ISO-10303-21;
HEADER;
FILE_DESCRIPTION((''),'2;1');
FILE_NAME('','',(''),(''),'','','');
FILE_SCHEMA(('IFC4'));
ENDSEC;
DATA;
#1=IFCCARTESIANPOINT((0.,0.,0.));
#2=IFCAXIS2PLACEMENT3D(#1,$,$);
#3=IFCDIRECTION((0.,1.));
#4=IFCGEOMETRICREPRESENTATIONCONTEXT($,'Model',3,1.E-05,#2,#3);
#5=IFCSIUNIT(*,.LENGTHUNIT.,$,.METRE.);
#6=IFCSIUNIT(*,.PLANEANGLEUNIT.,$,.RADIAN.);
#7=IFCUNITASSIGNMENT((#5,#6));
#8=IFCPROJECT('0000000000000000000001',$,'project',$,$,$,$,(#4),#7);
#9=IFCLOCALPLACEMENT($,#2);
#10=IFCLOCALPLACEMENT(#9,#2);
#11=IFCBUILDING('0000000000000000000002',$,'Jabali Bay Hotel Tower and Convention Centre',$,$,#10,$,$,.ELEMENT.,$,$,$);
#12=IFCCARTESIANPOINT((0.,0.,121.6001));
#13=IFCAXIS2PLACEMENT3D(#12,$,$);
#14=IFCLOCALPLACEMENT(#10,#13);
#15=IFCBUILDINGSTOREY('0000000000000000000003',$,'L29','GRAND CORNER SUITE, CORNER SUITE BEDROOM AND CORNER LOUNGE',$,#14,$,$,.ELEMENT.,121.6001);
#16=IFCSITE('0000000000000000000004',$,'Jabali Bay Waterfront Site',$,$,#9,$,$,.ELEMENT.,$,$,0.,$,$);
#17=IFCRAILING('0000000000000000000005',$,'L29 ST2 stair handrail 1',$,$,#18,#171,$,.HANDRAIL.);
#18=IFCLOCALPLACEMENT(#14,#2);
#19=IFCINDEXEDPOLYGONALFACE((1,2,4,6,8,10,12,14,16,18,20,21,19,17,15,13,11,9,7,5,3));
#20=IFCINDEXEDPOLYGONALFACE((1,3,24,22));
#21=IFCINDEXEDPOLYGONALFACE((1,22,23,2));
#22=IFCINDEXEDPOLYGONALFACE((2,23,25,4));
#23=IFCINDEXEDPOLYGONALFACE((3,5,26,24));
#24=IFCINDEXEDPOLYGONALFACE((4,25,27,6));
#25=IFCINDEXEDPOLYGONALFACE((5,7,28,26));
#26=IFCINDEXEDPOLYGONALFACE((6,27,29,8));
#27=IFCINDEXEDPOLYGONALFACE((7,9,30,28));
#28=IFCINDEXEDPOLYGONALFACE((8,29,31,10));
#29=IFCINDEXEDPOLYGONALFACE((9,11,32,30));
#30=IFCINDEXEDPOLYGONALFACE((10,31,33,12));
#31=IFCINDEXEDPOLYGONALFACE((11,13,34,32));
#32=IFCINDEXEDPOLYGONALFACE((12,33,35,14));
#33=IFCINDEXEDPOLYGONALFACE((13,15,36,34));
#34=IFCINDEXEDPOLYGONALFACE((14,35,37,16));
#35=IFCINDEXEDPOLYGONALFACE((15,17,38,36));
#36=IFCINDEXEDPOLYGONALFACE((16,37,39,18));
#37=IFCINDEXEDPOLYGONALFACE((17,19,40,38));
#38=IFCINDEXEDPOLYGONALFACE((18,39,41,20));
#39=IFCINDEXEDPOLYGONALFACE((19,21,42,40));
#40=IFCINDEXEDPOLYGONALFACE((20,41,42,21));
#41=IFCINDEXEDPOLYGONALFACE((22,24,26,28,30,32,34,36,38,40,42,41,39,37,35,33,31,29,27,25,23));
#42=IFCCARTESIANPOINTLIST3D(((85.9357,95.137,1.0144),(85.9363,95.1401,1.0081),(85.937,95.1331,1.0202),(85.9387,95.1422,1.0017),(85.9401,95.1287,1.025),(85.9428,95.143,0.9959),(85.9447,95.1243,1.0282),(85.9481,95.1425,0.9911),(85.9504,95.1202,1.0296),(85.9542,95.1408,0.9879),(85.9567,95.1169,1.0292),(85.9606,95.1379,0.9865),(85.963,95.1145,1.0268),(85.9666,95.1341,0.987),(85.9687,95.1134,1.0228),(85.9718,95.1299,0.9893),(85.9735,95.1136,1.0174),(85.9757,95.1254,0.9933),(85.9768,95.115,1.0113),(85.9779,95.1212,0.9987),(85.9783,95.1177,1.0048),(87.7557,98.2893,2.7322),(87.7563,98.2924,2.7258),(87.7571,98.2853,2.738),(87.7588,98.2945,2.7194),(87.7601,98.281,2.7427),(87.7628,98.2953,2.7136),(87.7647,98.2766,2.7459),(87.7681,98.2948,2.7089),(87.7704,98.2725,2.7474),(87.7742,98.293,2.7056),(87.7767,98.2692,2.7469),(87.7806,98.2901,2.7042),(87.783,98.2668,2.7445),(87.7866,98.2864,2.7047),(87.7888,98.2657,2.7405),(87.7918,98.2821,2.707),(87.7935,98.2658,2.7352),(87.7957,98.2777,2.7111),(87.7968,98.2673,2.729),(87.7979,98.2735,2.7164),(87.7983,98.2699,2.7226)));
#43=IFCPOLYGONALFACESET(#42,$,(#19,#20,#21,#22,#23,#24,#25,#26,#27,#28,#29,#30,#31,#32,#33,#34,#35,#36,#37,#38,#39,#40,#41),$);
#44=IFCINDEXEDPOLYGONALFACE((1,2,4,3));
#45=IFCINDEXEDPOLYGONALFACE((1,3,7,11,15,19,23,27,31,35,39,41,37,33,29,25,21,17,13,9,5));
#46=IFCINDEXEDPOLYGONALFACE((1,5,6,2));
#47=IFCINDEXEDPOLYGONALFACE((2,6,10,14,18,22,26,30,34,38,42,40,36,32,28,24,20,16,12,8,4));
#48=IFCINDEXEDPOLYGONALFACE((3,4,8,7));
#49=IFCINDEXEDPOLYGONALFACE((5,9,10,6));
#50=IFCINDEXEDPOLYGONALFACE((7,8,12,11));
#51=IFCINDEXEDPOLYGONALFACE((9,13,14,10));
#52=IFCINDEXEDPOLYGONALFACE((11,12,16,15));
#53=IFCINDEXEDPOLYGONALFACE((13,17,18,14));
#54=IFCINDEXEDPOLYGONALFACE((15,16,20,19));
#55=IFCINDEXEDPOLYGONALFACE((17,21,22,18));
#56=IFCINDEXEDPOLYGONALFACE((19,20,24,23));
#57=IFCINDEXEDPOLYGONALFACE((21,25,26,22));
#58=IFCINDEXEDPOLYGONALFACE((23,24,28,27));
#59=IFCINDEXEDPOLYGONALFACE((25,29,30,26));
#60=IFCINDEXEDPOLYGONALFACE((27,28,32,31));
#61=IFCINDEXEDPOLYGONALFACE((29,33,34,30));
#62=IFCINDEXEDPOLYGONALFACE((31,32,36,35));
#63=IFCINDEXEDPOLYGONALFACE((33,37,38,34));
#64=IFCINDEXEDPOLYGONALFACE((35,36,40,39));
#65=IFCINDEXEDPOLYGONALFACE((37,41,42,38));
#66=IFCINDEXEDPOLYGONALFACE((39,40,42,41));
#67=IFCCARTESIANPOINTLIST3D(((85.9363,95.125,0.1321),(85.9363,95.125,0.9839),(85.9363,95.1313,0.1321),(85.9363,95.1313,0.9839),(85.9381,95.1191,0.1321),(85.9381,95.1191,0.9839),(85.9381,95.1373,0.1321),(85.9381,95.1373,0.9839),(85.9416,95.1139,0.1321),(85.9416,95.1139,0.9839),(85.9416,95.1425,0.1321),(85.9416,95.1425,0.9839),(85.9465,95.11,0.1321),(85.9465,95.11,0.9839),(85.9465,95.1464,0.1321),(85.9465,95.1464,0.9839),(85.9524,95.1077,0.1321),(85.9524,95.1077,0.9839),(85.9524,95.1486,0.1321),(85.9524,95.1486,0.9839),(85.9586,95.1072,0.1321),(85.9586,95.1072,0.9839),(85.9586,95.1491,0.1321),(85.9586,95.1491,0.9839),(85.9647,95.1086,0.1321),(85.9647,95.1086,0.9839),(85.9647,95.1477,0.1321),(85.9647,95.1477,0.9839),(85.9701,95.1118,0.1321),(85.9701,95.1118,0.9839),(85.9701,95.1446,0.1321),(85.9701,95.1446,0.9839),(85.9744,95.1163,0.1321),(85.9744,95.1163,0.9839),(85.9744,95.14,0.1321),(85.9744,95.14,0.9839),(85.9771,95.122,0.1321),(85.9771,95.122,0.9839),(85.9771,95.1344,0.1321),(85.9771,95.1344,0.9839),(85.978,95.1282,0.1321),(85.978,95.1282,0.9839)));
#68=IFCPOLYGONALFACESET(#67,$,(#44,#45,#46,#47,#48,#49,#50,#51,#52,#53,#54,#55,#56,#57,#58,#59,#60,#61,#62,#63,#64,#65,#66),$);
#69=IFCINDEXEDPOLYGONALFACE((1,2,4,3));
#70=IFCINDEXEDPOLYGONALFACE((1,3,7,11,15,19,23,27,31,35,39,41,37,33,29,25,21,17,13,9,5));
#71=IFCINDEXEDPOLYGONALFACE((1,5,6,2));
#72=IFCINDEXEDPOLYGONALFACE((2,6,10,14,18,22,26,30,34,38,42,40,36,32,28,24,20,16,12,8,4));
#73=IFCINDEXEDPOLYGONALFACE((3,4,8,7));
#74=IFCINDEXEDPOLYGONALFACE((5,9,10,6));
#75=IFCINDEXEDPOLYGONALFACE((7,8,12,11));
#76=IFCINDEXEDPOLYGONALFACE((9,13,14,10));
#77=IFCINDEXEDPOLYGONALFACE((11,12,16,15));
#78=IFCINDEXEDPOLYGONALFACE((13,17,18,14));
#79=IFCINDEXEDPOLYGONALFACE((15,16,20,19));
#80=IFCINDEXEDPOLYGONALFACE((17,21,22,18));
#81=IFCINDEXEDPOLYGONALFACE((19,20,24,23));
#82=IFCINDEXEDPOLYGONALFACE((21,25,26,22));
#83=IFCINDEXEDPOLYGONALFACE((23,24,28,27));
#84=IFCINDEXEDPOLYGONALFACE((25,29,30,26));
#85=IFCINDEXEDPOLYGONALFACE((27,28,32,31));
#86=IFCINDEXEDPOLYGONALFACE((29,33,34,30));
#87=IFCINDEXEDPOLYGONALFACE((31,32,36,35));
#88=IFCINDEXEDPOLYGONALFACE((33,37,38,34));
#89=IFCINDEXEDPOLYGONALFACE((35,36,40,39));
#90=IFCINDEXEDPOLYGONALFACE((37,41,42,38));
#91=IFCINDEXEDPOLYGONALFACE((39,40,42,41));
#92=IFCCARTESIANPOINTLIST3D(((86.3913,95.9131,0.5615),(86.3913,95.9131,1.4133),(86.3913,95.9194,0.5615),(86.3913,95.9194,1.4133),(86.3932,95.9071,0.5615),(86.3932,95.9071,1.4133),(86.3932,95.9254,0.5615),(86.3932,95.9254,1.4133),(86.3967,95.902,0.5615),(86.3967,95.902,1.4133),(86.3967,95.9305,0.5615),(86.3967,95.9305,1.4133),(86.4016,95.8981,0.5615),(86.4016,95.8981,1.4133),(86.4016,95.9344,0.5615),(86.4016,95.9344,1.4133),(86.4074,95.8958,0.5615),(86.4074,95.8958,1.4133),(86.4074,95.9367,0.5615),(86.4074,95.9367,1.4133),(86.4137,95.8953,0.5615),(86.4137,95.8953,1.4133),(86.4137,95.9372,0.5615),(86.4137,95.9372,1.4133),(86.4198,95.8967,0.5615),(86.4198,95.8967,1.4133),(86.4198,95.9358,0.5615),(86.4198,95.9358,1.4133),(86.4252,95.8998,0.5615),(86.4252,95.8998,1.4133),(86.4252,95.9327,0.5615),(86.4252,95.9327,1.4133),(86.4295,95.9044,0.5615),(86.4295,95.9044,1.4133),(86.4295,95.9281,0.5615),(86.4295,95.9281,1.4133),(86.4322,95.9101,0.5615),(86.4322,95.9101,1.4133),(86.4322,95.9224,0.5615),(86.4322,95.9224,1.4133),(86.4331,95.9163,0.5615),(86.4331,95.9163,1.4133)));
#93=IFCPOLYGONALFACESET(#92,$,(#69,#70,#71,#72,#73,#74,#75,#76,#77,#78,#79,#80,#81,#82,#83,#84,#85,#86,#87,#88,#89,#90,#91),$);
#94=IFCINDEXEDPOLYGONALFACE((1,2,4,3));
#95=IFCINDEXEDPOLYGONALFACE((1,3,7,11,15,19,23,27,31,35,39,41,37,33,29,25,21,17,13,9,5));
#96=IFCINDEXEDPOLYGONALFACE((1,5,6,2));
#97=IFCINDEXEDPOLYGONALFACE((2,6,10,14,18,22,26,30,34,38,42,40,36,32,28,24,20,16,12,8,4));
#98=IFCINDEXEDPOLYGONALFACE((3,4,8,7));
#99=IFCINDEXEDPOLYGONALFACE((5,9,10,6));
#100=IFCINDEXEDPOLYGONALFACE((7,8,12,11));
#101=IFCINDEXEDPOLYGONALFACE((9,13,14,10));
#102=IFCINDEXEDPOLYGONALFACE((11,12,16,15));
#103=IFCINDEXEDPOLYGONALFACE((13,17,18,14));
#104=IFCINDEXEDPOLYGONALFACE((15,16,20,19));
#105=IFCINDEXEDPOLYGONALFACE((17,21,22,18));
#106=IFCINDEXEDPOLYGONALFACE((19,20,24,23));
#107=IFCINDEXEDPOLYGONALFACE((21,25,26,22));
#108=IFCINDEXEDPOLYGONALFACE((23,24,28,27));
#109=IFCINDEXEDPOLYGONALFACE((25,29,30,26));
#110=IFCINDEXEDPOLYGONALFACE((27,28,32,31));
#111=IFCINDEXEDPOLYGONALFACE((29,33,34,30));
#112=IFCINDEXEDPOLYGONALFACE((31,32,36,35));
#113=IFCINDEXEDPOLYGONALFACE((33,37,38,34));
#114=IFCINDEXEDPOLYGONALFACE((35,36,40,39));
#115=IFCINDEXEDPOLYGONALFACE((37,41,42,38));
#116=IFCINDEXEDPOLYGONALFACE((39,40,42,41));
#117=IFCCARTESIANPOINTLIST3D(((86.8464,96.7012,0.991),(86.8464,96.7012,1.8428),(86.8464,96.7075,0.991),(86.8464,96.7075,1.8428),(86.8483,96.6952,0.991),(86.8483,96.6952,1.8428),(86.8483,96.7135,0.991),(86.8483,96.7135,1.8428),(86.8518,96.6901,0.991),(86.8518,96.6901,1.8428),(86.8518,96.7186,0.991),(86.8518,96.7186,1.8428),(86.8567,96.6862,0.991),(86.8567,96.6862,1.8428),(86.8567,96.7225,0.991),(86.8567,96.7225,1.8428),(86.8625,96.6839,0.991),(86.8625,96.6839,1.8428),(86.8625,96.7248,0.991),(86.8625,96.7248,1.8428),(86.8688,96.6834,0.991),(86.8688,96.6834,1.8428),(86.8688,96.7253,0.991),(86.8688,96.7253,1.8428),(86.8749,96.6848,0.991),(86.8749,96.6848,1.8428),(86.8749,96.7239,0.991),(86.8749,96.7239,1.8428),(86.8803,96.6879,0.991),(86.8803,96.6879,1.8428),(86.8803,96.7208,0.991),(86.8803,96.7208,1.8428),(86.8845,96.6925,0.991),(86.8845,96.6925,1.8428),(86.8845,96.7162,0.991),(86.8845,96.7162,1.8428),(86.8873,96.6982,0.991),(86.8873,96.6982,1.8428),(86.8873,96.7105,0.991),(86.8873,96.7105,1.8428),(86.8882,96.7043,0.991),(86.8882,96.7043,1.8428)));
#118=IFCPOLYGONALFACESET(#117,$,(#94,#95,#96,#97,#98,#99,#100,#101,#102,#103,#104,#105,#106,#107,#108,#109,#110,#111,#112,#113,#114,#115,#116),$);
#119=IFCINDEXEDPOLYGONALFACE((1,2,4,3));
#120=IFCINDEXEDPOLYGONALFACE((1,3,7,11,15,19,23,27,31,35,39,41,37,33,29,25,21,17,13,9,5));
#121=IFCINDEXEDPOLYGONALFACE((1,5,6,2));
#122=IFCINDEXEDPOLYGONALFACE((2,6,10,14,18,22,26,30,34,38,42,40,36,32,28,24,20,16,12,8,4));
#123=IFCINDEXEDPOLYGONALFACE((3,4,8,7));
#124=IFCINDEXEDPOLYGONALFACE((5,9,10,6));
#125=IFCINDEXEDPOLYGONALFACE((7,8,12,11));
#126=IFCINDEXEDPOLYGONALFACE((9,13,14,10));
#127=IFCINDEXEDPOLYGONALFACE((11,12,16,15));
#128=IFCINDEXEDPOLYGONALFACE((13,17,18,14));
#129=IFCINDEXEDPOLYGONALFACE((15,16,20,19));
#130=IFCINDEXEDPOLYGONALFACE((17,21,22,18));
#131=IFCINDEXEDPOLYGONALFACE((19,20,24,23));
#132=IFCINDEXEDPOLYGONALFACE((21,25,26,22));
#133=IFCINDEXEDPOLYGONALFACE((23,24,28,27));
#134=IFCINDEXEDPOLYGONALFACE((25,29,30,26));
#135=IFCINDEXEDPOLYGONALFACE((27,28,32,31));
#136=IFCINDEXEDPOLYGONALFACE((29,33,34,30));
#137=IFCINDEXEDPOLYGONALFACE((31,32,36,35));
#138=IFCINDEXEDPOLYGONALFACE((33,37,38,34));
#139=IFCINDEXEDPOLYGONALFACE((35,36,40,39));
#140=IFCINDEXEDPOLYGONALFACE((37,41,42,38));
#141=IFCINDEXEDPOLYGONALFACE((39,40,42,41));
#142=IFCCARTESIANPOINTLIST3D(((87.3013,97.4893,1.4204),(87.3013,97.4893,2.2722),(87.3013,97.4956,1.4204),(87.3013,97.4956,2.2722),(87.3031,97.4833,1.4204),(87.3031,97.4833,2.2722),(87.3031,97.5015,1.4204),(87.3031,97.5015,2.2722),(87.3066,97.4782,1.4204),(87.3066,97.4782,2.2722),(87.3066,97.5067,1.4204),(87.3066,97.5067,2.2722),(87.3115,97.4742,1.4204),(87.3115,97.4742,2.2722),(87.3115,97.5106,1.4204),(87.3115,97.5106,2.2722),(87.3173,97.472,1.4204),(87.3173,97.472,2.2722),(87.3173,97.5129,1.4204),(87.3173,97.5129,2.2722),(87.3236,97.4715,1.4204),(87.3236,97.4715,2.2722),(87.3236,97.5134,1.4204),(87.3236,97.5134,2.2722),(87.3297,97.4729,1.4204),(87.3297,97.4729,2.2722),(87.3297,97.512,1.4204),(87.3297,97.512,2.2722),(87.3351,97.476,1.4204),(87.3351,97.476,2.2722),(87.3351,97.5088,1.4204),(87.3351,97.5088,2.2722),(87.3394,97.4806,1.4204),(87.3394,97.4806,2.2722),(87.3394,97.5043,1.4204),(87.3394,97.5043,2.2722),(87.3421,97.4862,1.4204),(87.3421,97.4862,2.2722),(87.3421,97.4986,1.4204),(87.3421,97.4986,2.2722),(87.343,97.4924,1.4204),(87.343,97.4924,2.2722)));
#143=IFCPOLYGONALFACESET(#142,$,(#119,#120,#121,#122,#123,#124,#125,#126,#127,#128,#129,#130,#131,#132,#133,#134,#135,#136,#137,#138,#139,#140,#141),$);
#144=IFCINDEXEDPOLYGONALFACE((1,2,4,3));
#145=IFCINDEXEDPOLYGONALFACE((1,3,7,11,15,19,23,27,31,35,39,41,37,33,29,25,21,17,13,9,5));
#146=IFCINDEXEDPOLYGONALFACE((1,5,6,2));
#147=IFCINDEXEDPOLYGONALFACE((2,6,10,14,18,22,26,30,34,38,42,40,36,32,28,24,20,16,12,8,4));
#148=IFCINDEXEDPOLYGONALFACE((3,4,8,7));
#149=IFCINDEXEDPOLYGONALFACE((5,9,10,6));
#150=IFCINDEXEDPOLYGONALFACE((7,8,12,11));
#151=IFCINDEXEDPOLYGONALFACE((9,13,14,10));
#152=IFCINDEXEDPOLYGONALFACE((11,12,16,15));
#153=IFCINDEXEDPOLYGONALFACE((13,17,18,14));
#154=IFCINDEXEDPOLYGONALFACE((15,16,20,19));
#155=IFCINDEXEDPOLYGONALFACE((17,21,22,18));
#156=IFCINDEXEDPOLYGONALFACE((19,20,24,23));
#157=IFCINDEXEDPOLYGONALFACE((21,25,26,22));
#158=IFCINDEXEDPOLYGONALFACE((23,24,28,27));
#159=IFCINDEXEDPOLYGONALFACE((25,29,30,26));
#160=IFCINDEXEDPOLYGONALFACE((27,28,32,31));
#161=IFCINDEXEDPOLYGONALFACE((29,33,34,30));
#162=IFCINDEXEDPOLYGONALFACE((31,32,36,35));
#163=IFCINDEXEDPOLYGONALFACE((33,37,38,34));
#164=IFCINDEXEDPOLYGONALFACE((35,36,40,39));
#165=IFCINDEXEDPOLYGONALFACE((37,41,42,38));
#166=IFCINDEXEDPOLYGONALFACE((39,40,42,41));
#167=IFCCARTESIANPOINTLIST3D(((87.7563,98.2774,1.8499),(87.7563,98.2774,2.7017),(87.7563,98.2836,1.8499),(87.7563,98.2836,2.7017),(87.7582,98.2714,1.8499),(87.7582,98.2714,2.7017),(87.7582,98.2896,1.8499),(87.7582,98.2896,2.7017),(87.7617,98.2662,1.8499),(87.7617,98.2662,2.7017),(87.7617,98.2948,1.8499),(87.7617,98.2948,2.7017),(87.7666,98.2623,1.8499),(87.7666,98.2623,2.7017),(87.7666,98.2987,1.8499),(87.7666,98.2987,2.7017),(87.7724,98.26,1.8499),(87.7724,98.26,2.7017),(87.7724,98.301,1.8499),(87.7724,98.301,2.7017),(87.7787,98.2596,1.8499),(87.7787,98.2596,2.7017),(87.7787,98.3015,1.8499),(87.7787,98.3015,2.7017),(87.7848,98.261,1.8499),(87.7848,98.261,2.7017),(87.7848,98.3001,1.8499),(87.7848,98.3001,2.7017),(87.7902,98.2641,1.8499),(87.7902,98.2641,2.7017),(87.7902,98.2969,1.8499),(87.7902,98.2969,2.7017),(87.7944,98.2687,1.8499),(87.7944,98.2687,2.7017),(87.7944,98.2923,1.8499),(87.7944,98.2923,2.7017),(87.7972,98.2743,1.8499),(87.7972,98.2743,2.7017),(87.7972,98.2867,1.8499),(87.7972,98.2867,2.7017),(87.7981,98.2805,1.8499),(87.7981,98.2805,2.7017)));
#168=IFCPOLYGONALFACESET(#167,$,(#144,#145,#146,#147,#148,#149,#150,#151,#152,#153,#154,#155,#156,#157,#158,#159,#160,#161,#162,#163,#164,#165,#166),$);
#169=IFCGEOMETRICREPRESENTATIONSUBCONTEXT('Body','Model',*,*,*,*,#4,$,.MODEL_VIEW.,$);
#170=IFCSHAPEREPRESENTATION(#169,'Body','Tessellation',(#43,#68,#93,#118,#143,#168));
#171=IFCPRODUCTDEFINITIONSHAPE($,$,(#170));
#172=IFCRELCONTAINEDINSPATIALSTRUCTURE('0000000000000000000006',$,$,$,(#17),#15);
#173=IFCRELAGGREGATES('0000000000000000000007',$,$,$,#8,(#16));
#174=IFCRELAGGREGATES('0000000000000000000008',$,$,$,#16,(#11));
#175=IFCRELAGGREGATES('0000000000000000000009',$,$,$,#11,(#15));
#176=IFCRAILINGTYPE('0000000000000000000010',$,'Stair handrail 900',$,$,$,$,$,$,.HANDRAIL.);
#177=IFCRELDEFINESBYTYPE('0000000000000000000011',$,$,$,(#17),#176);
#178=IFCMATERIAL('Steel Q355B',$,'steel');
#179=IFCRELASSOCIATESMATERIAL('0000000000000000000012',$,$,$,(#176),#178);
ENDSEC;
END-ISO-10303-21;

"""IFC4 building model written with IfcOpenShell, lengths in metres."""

from ifc_helpers import new_model, si_unit, direction, frame, origin, origin_2d, place, context, subcontext, project, spatial, circle, extrude, material, type_object, element, save


model = new_model("IFC4")

# Units and contexts
model_context = context("Model", 3, precision=1e-05, world=origin(), true_north=direction((0.0, 1.0)))
body_context = subcontext(model_context, "Body", "Model", "MODEL_VIEW")
ifc_project = project(units=[si_unit("LENGTHUNIT", "METRE"), si_unit("PLANEANGLEUNIT", "RADIAN")], contexts=[model_context])

# Site, building, storey
site_placement = place(None, origin())
site = spatial("IfcSite", under=ifc_project, at=site_placement, Name="Jabali Bay Waterfront Site", CompositionType="ELEMENT", RefElevation=0.0)
building_placement = place(site_placement, origin())
building = spatial("IfcBuilding", under=site, at=building_placement, Name="Jabali Bay Hotel Tower and Convention Centre", CompositionType="ELEMENT")
storey_placement = place(building_placement, frame((0.0, 0.0, 121.6001)))
storey = spatial("IfcBuildingStorey", under=building, at=storey_placement, Name="L29", Description="GRAND CORNER SUITE, CORNER SUITE BEDROOM AND CORNER LOUNGE", CompositionType="ELEMENT", Elevation=121.6001)

# Railing
ifc_material_1 = material(Name="Steel Q355B", Category="steel")
railing_type_1 = type_object("IfcRailingType", Name="Stair handrail 900", PredefinedType="HANDRAIL", material=ifc_material_1)
railing_1_placement = place(storey_placement, frame((85.957, 95.1282, 0.1321)))
element("IfcRailing", 1, at=railing_1_placement, inside=storey, type_object=railing_type_1, Name="L29 ST2 stair handrail 1", PredefinedType="HANDRAIL", context=body_context, shape_type="SweptSolid", body=[
    extrude(circle(Radius=0.0239, at=origin_2d()), frame((0.0, 0.0, 0.876), z_axis=(0.45219, 0.78319, 0.426775), x_axis=(-0.866018, 0.500013, 0.0)), (0.0, 0.0, 1.0), 4.0249),
    extrude(circle(Radius=0.021, at=origin_2d()), origin(), (0.0, 0.0, 1.0), 0.8518),
    extrude(circle(Radius=0.021, at=origin_2d()), frame((0.4551, 0.7881, 0.4294)), (0.0, 0.0, 1.0), 0.8518),
    extrude(circle(Radius=0.021, at=origin_2d()), frame((0.9102, 1.5762, 0.8589)), (0.0, 0.0, 1.0), 0.8518),
    extrude(circle(Radius=0.021, at=origin_2d()), frame((1.365, 2.3643, 1.2883)), (0.0, 0.0, 1.0), 0.8518),
    extrude(circle(Radius=0.021, at=origin_2d()), frame((1.8201, 3.1523, 1.7178)), (0.0, 0.0, 1.0), 0.8518),
])

save(model, "model.ifc")
